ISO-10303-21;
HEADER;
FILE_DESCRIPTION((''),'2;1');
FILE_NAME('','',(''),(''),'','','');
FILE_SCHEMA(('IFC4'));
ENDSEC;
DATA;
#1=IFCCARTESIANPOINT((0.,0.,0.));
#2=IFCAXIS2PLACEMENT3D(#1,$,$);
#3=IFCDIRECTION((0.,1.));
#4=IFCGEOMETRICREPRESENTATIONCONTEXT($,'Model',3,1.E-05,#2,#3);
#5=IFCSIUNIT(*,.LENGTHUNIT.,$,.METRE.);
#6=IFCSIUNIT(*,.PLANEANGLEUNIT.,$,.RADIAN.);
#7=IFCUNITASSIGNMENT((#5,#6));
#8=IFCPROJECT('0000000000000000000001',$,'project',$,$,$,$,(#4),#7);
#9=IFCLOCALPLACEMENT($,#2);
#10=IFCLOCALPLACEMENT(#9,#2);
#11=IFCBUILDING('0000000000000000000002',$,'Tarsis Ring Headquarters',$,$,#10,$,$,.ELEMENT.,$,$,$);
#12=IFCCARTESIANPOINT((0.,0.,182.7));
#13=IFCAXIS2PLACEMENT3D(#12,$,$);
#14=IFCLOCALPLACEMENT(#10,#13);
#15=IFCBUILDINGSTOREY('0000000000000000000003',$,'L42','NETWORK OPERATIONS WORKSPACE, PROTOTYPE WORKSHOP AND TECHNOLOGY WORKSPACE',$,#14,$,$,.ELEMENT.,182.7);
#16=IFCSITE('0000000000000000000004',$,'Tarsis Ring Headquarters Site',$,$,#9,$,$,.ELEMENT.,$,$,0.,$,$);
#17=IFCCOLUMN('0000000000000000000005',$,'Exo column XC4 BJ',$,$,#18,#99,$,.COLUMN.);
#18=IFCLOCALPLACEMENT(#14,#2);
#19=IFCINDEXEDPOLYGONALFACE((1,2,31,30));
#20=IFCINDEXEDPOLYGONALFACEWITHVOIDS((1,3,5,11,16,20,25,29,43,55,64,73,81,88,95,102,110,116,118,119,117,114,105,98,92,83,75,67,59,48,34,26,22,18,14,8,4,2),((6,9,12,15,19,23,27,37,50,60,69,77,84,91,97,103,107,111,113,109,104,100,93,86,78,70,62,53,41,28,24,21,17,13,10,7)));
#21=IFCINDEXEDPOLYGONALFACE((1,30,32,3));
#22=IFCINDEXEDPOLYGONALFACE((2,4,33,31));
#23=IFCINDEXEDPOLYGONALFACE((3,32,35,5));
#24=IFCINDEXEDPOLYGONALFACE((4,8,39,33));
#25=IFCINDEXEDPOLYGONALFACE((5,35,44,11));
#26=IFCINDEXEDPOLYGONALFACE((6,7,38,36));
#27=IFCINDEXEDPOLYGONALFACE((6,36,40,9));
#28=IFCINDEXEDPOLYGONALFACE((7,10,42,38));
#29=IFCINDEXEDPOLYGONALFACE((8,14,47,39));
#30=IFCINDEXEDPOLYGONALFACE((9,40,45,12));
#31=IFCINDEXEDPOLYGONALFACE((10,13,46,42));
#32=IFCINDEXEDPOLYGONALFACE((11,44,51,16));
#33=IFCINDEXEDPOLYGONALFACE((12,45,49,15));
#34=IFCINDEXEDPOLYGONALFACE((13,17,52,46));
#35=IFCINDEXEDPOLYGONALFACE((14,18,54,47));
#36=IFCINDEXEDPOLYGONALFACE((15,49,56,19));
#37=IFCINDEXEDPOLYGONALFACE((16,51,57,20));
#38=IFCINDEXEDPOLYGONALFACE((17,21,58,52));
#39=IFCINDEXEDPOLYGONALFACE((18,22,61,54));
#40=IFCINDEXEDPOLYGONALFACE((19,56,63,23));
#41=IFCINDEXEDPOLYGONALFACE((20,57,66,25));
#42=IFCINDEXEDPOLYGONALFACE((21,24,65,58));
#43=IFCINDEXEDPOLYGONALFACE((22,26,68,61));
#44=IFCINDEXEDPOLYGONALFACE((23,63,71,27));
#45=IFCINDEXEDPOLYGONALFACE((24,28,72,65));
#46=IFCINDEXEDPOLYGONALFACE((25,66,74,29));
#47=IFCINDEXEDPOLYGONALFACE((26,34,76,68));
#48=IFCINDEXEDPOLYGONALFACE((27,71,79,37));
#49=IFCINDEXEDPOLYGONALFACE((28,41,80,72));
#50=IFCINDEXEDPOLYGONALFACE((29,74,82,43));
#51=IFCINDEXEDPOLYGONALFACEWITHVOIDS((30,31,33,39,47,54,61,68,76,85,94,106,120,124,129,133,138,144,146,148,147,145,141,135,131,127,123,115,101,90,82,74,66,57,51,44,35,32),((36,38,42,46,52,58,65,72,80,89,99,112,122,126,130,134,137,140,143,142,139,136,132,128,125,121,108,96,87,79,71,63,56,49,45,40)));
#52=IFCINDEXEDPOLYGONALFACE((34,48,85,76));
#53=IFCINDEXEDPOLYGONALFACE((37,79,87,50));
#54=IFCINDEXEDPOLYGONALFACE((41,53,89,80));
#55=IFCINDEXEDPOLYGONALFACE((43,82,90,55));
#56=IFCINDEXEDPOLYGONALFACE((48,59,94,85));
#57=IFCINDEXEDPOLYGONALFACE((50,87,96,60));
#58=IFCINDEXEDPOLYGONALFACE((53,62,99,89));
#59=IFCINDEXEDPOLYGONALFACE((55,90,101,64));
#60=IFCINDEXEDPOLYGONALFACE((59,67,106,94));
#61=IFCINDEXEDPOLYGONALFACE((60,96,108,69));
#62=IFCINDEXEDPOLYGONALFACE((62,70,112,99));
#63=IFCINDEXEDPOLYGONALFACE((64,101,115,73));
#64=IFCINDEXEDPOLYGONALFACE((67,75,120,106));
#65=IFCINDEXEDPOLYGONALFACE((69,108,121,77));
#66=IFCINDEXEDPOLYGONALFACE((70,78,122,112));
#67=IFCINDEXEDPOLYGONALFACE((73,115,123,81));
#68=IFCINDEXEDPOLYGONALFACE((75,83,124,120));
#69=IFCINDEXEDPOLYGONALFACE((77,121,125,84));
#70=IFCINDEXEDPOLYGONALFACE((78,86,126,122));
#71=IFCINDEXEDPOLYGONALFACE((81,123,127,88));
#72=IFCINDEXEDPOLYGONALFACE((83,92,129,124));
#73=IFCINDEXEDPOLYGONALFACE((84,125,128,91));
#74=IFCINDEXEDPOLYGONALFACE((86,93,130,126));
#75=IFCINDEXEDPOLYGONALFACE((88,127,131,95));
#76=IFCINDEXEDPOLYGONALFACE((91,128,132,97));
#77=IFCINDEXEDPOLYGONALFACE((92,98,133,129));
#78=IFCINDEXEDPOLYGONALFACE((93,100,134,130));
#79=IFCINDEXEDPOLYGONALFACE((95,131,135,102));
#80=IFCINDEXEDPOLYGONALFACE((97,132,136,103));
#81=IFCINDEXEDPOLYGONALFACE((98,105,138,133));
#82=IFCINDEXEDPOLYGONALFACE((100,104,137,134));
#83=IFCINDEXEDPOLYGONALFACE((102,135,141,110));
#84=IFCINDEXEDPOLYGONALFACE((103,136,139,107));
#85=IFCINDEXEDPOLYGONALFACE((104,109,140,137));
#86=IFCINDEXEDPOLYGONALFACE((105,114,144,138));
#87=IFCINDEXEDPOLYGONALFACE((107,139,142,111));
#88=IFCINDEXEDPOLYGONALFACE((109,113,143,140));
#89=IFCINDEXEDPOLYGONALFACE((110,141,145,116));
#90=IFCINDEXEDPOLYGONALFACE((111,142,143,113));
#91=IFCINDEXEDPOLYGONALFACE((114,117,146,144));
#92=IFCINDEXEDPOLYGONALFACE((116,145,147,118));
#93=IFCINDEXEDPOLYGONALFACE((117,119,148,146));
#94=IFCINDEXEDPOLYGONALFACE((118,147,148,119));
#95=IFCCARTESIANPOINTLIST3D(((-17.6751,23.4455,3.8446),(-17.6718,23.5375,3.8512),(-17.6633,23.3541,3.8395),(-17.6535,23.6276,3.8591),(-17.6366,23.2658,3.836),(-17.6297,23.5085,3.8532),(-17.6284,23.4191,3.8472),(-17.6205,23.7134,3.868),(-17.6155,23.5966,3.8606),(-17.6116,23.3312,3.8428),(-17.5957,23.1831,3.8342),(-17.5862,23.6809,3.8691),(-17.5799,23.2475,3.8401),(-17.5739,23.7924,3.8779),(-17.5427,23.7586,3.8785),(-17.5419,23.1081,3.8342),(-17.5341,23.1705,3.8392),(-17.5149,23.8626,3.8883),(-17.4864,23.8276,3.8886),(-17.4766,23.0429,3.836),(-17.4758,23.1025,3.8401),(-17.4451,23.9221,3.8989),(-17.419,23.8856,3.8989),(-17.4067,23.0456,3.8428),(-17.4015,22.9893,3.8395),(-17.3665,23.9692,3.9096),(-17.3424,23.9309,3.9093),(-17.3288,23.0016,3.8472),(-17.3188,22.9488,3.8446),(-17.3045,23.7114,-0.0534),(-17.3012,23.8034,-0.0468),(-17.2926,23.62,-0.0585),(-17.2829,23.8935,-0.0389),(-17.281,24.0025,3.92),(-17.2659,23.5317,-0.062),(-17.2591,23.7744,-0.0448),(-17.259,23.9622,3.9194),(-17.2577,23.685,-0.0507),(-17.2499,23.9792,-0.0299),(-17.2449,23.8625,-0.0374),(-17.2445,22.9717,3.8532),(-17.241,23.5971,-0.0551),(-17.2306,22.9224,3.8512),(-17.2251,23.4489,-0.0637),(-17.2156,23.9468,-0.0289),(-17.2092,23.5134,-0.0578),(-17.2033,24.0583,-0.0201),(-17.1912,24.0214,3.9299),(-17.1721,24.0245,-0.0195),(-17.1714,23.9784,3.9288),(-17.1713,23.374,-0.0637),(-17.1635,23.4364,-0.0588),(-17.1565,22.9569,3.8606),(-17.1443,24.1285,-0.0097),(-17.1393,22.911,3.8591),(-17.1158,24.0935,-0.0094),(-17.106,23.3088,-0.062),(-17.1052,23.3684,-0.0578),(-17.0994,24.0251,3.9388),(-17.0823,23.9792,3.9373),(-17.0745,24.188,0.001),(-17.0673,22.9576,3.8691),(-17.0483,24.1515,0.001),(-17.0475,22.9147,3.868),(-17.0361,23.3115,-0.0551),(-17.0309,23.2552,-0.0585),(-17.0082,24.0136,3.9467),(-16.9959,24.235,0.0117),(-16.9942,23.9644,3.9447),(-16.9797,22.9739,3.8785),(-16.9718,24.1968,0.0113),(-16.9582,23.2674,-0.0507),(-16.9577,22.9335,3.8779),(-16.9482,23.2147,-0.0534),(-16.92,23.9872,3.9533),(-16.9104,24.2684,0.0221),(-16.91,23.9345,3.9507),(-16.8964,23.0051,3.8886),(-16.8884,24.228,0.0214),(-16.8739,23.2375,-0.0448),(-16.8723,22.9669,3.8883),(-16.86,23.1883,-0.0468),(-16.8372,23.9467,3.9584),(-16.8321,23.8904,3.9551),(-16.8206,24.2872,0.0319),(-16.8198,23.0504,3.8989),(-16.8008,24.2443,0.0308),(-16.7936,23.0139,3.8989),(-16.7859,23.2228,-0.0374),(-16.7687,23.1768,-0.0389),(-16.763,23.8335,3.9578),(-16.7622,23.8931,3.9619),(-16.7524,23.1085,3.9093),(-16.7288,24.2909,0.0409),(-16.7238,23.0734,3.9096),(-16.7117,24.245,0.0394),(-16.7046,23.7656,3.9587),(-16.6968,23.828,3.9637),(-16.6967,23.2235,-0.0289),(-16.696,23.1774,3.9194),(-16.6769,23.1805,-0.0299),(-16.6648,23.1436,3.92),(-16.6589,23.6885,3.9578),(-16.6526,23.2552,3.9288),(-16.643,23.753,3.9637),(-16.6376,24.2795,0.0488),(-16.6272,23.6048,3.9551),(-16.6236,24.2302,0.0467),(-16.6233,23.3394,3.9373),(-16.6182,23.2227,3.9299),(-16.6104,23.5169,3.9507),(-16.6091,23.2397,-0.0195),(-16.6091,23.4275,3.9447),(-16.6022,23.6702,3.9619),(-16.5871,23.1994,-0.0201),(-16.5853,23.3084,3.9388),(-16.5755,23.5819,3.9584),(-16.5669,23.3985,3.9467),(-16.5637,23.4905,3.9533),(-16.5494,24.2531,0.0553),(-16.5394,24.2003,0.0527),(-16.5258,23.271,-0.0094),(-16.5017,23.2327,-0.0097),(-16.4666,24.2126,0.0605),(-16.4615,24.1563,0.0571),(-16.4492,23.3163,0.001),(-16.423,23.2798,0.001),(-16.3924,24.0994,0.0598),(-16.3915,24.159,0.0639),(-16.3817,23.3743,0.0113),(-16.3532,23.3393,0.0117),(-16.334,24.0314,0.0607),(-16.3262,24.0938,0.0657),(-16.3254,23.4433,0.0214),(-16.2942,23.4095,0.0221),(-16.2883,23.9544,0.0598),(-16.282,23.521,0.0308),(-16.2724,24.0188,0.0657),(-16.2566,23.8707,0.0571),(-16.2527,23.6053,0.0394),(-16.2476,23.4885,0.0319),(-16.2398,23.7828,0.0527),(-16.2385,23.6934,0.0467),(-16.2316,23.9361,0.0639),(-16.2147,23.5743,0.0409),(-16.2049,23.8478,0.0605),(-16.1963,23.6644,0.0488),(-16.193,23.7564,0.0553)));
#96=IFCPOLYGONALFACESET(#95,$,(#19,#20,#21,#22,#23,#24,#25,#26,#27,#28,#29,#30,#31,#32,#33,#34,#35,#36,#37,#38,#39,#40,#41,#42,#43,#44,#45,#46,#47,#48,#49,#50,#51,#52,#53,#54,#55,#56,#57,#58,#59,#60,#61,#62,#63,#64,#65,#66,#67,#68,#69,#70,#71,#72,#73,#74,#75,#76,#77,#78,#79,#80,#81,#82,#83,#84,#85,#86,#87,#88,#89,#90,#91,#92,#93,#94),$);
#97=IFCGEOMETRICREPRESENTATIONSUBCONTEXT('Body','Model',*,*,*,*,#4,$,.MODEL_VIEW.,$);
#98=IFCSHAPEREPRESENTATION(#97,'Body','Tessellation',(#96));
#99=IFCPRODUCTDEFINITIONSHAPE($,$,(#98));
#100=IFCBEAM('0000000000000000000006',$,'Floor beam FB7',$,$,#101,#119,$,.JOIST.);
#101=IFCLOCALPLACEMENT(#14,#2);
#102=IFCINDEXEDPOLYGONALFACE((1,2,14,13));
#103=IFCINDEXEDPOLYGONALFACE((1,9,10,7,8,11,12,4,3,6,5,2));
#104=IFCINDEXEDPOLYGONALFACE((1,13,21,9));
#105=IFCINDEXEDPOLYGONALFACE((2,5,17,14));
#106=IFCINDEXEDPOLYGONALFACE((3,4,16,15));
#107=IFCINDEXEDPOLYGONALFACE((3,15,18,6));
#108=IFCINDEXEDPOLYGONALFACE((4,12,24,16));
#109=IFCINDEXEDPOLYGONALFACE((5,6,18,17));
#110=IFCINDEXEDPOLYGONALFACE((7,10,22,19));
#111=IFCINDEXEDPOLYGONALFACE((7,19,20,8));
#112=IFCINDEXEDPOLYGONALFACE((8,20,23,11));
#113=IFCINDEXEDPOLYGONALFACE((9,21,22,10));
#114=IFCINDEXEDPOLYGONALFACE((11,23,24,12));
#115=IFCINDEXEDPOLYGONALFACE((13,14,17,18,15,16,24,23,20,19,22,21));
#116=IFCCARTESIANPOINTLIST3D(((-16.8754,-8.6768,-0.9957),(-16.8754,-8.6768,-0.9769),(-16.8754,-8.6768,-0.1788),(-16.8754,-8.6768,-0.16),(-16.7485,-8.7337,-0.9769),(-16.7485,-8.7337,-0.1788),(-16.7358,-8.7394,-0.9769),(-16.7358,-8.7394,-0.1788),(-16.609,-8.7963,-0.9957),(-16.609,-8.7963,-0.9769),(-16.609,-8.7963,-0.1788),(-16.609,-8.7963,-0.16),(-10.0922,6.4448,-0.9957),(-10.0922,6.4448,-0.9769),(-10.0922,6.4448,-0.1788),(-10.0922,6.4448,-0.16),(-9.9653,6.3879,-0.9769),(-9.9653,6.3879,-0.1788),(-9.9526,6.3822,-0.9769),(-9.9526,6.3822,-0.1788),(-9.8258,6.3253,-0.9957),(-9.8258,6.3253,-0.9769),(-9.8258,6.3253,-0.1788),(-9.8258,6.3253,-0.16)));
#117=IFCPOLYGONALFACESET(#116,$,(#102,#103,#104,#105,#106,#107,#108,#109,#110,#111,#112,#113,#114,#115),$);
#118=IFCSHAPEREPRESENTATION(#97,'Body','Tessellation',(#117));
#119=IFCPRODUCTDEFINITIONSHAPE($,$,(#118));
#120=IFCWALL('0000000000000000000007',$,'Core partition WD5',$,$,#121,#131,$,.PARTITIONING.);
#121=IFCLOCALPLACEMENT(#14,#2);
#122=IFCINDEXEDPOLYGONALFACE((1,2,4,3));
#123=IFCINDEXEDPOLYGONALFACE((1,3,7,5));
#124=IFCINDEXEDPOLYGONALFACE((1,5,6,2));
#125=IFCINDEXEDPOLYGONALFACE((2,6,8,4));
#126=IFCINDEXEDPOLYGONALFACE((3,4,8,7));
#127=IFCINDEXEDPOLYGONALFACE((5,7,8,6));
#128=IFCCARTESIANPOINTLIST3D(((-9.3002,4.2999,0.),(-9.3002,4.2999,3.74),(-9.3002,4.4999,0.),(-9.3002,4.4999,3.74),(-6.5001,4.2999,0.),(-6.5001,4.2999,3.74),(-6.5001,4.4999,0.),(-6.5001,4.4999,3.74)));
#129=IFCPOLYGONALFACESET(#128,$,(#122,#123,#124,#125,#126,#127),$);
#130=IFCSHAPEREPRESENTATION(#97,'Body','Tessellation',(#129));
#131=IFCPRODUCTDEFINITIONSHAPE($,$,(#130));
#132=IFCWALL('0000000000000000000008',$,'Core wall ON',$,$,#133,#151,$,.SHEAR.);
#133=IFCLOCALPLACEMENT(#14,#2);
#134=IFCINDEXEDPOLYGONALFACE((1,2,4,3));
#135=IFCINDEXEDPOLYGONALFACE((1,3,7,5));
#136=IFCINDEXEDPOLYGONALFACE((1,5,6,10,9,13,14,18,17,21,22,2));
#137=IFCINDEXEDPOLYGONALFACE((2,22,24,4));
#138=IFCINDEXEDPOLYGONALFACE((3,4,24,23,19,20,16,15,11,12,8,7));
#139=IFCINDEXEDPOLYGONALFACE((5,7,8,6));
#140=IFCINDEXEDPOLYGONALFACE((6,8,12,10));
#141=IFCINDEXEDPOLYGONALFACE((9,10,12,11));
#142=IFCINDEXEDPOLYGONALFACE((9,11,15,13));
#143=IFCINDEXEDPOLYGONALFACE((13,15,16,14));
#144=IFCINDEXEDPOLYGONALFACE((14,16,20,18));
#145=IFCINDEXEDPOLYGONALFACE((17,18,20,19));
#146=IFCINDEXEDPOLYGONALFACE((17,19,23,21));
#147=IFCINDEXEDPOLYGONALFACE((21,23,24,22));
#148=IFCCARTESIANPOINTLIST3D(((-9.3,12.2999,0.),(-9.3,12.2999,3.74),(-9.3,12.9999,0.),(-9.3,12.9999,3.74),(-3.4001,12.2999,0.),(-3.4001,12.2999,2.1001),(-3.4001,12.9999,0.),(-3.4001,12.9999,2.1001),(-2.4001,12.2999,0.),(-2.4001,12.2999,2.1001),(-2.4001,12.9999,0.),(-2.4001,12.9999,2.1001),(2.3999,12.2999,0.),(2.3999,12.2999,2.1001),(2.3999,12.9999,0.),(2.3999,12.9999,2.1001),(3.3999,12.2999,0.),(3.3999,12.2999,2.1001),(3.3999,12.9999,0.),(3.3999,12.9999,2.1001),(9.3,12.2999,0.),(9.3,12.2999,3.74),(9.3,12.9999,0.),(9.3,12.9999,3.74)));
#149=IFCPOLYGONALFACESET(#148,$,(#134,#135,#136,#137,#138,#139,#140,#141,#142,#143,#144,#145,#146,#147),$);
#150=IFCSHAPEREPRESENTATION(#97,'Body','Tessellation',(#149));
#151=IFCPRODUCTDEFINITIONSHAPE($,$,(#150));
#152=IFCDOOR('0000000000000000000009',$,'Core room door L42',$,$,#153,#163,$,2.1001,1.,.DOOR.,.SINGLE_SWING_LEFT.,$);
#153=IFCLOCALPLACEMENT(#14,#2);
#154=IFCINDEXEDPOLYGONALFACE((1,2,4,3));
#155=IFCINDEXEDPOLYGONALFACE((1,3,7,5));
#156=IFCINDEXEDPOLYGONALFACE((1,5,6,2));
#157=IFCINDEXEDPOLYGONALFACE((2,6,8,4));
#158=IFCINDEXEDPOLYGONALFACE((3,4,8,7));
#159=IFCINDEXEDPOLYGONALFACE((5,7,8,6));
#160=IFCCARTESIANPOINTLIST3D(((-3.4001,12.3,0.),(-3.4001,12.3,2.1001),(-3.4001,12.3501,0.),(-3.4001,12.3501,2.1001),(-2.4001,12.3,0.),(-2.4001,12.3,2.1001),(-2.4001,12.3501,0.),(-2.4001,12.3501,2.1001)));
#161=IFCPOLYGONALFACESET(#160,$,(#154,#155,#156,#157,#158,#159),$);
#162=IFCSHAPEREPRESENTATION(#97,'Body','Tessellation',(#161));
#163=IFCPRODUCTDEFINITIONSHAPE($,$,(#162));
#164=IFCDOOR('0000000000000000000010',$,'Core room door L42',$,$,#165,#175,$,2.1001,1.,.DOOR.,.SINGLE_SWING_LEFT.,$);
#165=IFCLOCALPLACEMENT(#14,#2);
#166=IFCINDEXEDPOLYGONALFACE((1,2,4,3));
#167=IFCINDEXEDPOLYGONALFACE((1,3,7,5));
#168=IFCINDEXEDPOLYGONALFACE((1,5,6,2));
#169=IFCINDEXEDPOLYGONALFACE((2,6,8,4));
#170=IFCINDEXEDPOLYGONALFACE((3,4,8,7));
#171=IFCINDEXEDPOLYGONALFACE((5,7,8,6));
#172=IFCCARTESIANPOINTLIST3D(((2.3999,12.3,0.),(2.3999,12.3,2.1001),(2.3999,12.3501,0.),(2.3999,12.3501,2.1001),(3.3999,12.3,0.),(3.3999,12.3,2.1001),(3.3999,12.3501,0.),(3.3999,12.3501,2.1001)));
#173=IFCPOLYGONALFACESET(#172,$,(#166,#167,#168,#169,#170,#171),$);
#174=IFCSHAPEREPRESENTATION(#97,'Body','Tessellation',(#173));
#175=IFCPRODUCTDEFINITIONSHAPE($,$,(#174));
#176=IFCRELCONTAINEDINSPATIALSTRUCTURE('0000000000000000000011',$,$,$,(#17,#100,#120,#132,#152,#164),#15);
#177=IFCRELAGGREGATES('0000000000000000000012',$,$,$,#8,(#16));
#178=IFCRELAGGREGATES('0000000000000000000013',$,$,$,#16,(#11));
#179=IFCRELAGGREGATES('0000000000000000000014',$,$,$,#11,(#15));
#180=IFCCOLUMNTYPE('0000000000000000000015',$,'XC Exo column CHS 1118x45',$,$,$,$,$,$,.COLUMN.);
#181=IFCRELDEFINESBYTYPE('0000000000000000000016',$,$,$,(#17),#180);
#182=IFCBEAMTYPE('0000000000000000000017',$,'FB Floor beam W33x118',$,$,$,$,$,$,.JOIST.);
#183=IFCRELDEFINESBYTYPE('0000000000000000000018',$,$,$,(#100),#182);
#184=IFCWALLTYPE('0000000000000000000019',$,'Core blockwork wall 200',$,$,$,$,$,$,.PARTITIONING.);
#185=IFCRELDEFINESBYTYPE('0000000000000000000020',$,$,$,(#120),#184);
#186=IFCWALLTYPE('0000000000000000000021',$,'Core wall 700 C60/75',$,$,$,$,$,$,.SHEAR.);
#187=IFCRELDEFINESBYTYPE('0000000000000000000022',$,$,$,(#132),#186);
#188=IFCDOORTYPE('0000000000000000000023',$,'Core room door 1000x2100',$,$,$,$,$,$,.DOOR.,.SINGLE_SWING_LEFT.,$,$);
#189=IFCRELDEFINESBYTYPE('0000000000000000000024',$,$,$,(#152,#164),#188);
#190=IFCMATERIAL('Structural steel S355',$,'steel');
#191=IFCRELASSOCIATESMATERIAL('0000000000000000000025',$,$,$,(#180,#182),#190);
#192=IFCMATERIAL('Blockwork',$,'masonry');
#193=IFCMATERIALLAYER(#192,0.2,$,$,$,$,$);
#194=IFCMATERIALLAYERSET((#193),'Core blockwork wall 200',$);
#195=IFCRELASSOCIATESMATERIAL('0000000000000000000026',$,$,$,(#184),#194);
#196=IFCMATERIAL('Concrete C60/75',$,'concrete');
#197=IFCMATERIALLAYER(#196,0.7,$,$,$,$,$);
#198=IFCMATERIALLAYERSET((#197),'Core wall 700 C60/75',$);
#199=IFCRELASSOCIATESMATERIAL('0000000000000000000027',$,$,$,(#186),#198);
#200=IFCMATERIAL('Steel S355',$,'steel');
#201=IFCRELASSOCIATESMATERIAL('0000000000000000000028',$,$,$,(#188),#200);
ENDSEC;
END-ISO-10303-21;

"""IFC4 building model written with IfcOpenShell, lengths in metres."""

from ifc_helpers import new_model, si_unit, direction, frame, frame_2d, origin, origin_2d, place, context, subcontext, project, spatial, rectangle, hollow_circle, i_section, extrude, material, layer, layer_set, material_profile, profile_set, type_object, element, fill, save


model = new_model("IFC4")

# Units and contexts
model_context = context("Model", 3, precision=1e-05, world=origin(), true_north=direction((0.0, 1.0)))
body_context = subcontext(model_context, "Body", "Model", "MODEL_VIEW")
ifc_project = project(units=[si_unit("LENGTHUNIT", "METRE"), si_unit("PLANEANGLEUNIT", "RADIAN")], contexts=[model_context])

# Site, building, storey
site_placement = place(None, origin())
site = spatial("IfcSite", under=ifc_project, at=site_placement, Name="Tarsis Ring Headquarters Site", CompositionType="ELEMENT", RefElevation=0.0)
building_placement = place(site_placement, origin())
building = spatial("IfcBuilding", under=site, at=building_placement, Name="Tarsis Ring Headquarters", CompositionType="ELEMENT")
storey_placement = place(building_placement, frame((0.0, 0.0, 182.7)))
storey = spatial("IfcBuildingStorey", under=building, at=storey_placement, Name="L42", Description="NETWORK OPERATIONS WORKSPACE, PROTOTYPE WORKSHOP AND TECHNOLOGY WORKSPACE", CompositionType="ELEMENT", Elevation=182.7)

# Column
ifc_material_1 = material(Name="Structural steel S355", Category="steel")
ifc_material_profile_1 = material_profile(ifc_material_1, hollow_circle(Radius=0.5588, WallThickness=0.0449, at=origin_2d()), Name="CHS 1118x45")
ifc_profile_set_1 = profile_set([ifc_material_profile_1], Name="Structural steel S355")
column_type = type_object("IfcColumnType", Name="XC Exo column CHS 1118x45", PredefinedType="COLUMN", material=ifc_profile_set_1)
column_placement = place(storey_placement, frame((-16.7488, 23.7339, 0.001), z_axis=(-0.094433, -0.067745, 0.993224), x_axis=(0.582908, -0.812538, 0.0)))
element("IfcColumn", 1, at=column_placement, inside=storey, type_object=column_type, Name="Exo column XC4 BJ", PredefinedType="COLUMN", context=body_context, shape_type="SweptSolid", body=[
    extrude(hollow_circle(Radius=0.5588, WallThickness=0.0449, at=origin_2d()), origin(), (0.0, 0.0, 1.0), 3.9246),
])

# Beam
ifc_material_profile_2 = material_profile(ifc_material_1, i_section(OverallWidth=0.292, OverallDepth=0.8357, WebThickness=0.0139, FlangeThickness=0.0188, at=origin_2d()), Name="W33x118")
ifc_profile_set_2 = profile_set([ifc_material_profile_2], Name="Structural steel S355")
beam_type = type_object("IfcBeamType", Name="FB Floor beam W33x118", PredefinedType="JOIST", material=ifc_profile_set_2)
beam_placement = place(storey_placement, frame((-9.959, 6.385, -0.5779), z_axis=(-0.409285, -0.912407, 0.0), x_axis=(0.912407, -0.409285, 0.0)))
element("IfcBeam", 2, at=beam_placement, inside=storey, type_object=beam_type, Name="Floor beam FB7", PredefinedType="JOIST", context=body_context, shape_type="SweptSolid", body=[
    extrude(i_section(OverallWidth=0.292, OverallDepth=0.8357, WebThickness=0.0139, FlangeThickness=0.0188, at=origin_2d()), origin(), (0.0, 0.0, 1.0), 16.5732),
])

# Wall
ifc_material_2 = material(Name="Blockwork", Category="masonry")
ifc_layer_1 = layer(ifc_material_2, 0.2)
ifc_layer_set_1 = layer_set([ifc_layer_1], Name="Core blockwork wall 200")
wall_type_1 = type_object("IfcWallType", Name="Core blockwork wall 200", PredefinedType="PARTITIONING", material=ifc_layer_set_1)
wall_1_placement = place(storey_placement, frame((-9.3, 4.3999, 0.0), z_axis=(0.0, 0.0, 1.0), x_axis=(1.0, 0.0, 0.0)))
element("IfcWall", 3, at=wall_1_placement, inside=storey, type_object=wall_type_1, Name="Core partition WD5", PredefinedType="PARTITIONING", context=body_context, shape_type="SweptSolid", body=[
    extrude(rectangle(XDim=2.8, YDim=0.2, at=frame_2d((1.3999, 0.0))), origin(), (0.0, 0.0, 1.0), 3.74),
])

# Wall, openings, doors
ifc_material_3 = material(Name="Concrete C60/75", Category="concrete")
ifc_layer_2 = layer(ifc_material_3, 0.7)
ifc_layer_set_2 = layer_set([ifc_layer_2], Name="Core wall 700 C60/75")
wall_type_2 = type_object("IfcWallType", Name="Core wall 700 C60/75", PredefinedType="SHEAR", material=ifc_layer_set_2)
wall_2_placement = place(storey_placement, frame((-9.3, 12.6499, 0.0), z_axis=(0.0, 0.0, 1.0), x_axis=(1.0, 0.0, 0.0)))
wall_2 = element("IfcWall", 4, at=wall_2_placement, inside=storey, type_object=wall_type_2, Name="Core wall ON", PredefinedType="SHEAR", context=body_context, shape_type="SweptSolid", body=[
    extrude(rectangle(XDim=18.6001, YDim=0.7, at=frame_2d((9.3, 0.0))), origin(), (0.0, 0.0, 1.0), 3.74),
])
opening_1_placement = place(wall_2_placement, frame((5.8999, 0.0, 0.0)))
opening_1 = element("IfcOpeningElement", 5, at=opening_1_placement, cuts=wall_2, PredefinedType="OPENING", context=body_context, shape_type="SweptSolid", body=[
    extrude(rectangle(XDim=1.0, YDim=2.1001, at=frame_2d((0.5, 1.05))), frame((0.0, 0.3599, 0.0), z_axis=(0.0, -1.0, 0.0), x_axis=(1.0, 0.0, 0.0)), (0.0, 0.0, 1.0), 0.72),
])
opening_2_placement = place(wall_2_placement, frame((11.7, 0.0, 0.0)))
opening_2 = element("IfcOpeningElement", 6, at=opening_2_placement, cuts=wall_2, PredefinedType="OPENING", context=body_context, shape_type="SweptSolid", body=[
    extrude(rectangle(XDim=1.0, YDim=2.1001, at=frame_2d((0.5, 1.05))), frame((0.0, 0.3599, 0.0), z_axis=(0.0, -1.0, 0.0), x_axis=(1.0, 0.0, 0.0)), (0.0, 0.0, 1.0), 0.72),
])
ifc_material_4 = material(Name="Steel S355", Category="steel")
door_type_1 = type_object("IfcDoorType", Name="Core room door 1000x2100", OperationType="SINGLE_SWING_LEFT", PredefinedType="DOOR", material=ifc_material_4)
door_1_placement = place(opening_1_placement, origin())
door_1 = element("IfcDoor", 7, at=door_1_placement, inside=storey, type_object=door_type_1, Name="Core room door L42", OperationType="SINGLE_SWING_LEFT", OverallHeight=2.1001, OverallWidth=1.0, PredefinedType="DOOR", context=body_context, shape_type="SweptSolid", body=[
    extrude(rectangle(XDim=1.0, YDim=2.1001, at=frame_2d((0.5, 1.05))), frame((0.0, -0.2998, 0.0), z_axis=(0.0, -1.0, 0.0), x_axis=(1.0, 0.0, 0.0)), (0.0, 0.0, 1.0), 0.05),
])
fill(opening_1, door_1)
door_2_placement = place(opening_2_placement, origin())
door_2 = element("IfcDoor", 8, at=door_2_placement, inside=storey, type_object=door_type_1, Name="Core room door L42", OperationType="SINGLE_SWING_LEFT", OverallHeight=2.1001, OverallWidth=1.0, PredefinedType="DOOR", context=body_context, shape_type="SweptSolid", body=[
    extrude(rectangle(XDim=1.0, YDim=2.1001, at=frame_2d((0.5, 1.05))), frame((0.0, -0.2998, 0.0), z_axis=(0.0, -1.0, 0.0), x_axis=(1.0, 0.0, 0.0)), (0.0, 0.0, 1.0), 0.05),
])
fill(opening_2, door_2)

save(model, "model.ifc")
